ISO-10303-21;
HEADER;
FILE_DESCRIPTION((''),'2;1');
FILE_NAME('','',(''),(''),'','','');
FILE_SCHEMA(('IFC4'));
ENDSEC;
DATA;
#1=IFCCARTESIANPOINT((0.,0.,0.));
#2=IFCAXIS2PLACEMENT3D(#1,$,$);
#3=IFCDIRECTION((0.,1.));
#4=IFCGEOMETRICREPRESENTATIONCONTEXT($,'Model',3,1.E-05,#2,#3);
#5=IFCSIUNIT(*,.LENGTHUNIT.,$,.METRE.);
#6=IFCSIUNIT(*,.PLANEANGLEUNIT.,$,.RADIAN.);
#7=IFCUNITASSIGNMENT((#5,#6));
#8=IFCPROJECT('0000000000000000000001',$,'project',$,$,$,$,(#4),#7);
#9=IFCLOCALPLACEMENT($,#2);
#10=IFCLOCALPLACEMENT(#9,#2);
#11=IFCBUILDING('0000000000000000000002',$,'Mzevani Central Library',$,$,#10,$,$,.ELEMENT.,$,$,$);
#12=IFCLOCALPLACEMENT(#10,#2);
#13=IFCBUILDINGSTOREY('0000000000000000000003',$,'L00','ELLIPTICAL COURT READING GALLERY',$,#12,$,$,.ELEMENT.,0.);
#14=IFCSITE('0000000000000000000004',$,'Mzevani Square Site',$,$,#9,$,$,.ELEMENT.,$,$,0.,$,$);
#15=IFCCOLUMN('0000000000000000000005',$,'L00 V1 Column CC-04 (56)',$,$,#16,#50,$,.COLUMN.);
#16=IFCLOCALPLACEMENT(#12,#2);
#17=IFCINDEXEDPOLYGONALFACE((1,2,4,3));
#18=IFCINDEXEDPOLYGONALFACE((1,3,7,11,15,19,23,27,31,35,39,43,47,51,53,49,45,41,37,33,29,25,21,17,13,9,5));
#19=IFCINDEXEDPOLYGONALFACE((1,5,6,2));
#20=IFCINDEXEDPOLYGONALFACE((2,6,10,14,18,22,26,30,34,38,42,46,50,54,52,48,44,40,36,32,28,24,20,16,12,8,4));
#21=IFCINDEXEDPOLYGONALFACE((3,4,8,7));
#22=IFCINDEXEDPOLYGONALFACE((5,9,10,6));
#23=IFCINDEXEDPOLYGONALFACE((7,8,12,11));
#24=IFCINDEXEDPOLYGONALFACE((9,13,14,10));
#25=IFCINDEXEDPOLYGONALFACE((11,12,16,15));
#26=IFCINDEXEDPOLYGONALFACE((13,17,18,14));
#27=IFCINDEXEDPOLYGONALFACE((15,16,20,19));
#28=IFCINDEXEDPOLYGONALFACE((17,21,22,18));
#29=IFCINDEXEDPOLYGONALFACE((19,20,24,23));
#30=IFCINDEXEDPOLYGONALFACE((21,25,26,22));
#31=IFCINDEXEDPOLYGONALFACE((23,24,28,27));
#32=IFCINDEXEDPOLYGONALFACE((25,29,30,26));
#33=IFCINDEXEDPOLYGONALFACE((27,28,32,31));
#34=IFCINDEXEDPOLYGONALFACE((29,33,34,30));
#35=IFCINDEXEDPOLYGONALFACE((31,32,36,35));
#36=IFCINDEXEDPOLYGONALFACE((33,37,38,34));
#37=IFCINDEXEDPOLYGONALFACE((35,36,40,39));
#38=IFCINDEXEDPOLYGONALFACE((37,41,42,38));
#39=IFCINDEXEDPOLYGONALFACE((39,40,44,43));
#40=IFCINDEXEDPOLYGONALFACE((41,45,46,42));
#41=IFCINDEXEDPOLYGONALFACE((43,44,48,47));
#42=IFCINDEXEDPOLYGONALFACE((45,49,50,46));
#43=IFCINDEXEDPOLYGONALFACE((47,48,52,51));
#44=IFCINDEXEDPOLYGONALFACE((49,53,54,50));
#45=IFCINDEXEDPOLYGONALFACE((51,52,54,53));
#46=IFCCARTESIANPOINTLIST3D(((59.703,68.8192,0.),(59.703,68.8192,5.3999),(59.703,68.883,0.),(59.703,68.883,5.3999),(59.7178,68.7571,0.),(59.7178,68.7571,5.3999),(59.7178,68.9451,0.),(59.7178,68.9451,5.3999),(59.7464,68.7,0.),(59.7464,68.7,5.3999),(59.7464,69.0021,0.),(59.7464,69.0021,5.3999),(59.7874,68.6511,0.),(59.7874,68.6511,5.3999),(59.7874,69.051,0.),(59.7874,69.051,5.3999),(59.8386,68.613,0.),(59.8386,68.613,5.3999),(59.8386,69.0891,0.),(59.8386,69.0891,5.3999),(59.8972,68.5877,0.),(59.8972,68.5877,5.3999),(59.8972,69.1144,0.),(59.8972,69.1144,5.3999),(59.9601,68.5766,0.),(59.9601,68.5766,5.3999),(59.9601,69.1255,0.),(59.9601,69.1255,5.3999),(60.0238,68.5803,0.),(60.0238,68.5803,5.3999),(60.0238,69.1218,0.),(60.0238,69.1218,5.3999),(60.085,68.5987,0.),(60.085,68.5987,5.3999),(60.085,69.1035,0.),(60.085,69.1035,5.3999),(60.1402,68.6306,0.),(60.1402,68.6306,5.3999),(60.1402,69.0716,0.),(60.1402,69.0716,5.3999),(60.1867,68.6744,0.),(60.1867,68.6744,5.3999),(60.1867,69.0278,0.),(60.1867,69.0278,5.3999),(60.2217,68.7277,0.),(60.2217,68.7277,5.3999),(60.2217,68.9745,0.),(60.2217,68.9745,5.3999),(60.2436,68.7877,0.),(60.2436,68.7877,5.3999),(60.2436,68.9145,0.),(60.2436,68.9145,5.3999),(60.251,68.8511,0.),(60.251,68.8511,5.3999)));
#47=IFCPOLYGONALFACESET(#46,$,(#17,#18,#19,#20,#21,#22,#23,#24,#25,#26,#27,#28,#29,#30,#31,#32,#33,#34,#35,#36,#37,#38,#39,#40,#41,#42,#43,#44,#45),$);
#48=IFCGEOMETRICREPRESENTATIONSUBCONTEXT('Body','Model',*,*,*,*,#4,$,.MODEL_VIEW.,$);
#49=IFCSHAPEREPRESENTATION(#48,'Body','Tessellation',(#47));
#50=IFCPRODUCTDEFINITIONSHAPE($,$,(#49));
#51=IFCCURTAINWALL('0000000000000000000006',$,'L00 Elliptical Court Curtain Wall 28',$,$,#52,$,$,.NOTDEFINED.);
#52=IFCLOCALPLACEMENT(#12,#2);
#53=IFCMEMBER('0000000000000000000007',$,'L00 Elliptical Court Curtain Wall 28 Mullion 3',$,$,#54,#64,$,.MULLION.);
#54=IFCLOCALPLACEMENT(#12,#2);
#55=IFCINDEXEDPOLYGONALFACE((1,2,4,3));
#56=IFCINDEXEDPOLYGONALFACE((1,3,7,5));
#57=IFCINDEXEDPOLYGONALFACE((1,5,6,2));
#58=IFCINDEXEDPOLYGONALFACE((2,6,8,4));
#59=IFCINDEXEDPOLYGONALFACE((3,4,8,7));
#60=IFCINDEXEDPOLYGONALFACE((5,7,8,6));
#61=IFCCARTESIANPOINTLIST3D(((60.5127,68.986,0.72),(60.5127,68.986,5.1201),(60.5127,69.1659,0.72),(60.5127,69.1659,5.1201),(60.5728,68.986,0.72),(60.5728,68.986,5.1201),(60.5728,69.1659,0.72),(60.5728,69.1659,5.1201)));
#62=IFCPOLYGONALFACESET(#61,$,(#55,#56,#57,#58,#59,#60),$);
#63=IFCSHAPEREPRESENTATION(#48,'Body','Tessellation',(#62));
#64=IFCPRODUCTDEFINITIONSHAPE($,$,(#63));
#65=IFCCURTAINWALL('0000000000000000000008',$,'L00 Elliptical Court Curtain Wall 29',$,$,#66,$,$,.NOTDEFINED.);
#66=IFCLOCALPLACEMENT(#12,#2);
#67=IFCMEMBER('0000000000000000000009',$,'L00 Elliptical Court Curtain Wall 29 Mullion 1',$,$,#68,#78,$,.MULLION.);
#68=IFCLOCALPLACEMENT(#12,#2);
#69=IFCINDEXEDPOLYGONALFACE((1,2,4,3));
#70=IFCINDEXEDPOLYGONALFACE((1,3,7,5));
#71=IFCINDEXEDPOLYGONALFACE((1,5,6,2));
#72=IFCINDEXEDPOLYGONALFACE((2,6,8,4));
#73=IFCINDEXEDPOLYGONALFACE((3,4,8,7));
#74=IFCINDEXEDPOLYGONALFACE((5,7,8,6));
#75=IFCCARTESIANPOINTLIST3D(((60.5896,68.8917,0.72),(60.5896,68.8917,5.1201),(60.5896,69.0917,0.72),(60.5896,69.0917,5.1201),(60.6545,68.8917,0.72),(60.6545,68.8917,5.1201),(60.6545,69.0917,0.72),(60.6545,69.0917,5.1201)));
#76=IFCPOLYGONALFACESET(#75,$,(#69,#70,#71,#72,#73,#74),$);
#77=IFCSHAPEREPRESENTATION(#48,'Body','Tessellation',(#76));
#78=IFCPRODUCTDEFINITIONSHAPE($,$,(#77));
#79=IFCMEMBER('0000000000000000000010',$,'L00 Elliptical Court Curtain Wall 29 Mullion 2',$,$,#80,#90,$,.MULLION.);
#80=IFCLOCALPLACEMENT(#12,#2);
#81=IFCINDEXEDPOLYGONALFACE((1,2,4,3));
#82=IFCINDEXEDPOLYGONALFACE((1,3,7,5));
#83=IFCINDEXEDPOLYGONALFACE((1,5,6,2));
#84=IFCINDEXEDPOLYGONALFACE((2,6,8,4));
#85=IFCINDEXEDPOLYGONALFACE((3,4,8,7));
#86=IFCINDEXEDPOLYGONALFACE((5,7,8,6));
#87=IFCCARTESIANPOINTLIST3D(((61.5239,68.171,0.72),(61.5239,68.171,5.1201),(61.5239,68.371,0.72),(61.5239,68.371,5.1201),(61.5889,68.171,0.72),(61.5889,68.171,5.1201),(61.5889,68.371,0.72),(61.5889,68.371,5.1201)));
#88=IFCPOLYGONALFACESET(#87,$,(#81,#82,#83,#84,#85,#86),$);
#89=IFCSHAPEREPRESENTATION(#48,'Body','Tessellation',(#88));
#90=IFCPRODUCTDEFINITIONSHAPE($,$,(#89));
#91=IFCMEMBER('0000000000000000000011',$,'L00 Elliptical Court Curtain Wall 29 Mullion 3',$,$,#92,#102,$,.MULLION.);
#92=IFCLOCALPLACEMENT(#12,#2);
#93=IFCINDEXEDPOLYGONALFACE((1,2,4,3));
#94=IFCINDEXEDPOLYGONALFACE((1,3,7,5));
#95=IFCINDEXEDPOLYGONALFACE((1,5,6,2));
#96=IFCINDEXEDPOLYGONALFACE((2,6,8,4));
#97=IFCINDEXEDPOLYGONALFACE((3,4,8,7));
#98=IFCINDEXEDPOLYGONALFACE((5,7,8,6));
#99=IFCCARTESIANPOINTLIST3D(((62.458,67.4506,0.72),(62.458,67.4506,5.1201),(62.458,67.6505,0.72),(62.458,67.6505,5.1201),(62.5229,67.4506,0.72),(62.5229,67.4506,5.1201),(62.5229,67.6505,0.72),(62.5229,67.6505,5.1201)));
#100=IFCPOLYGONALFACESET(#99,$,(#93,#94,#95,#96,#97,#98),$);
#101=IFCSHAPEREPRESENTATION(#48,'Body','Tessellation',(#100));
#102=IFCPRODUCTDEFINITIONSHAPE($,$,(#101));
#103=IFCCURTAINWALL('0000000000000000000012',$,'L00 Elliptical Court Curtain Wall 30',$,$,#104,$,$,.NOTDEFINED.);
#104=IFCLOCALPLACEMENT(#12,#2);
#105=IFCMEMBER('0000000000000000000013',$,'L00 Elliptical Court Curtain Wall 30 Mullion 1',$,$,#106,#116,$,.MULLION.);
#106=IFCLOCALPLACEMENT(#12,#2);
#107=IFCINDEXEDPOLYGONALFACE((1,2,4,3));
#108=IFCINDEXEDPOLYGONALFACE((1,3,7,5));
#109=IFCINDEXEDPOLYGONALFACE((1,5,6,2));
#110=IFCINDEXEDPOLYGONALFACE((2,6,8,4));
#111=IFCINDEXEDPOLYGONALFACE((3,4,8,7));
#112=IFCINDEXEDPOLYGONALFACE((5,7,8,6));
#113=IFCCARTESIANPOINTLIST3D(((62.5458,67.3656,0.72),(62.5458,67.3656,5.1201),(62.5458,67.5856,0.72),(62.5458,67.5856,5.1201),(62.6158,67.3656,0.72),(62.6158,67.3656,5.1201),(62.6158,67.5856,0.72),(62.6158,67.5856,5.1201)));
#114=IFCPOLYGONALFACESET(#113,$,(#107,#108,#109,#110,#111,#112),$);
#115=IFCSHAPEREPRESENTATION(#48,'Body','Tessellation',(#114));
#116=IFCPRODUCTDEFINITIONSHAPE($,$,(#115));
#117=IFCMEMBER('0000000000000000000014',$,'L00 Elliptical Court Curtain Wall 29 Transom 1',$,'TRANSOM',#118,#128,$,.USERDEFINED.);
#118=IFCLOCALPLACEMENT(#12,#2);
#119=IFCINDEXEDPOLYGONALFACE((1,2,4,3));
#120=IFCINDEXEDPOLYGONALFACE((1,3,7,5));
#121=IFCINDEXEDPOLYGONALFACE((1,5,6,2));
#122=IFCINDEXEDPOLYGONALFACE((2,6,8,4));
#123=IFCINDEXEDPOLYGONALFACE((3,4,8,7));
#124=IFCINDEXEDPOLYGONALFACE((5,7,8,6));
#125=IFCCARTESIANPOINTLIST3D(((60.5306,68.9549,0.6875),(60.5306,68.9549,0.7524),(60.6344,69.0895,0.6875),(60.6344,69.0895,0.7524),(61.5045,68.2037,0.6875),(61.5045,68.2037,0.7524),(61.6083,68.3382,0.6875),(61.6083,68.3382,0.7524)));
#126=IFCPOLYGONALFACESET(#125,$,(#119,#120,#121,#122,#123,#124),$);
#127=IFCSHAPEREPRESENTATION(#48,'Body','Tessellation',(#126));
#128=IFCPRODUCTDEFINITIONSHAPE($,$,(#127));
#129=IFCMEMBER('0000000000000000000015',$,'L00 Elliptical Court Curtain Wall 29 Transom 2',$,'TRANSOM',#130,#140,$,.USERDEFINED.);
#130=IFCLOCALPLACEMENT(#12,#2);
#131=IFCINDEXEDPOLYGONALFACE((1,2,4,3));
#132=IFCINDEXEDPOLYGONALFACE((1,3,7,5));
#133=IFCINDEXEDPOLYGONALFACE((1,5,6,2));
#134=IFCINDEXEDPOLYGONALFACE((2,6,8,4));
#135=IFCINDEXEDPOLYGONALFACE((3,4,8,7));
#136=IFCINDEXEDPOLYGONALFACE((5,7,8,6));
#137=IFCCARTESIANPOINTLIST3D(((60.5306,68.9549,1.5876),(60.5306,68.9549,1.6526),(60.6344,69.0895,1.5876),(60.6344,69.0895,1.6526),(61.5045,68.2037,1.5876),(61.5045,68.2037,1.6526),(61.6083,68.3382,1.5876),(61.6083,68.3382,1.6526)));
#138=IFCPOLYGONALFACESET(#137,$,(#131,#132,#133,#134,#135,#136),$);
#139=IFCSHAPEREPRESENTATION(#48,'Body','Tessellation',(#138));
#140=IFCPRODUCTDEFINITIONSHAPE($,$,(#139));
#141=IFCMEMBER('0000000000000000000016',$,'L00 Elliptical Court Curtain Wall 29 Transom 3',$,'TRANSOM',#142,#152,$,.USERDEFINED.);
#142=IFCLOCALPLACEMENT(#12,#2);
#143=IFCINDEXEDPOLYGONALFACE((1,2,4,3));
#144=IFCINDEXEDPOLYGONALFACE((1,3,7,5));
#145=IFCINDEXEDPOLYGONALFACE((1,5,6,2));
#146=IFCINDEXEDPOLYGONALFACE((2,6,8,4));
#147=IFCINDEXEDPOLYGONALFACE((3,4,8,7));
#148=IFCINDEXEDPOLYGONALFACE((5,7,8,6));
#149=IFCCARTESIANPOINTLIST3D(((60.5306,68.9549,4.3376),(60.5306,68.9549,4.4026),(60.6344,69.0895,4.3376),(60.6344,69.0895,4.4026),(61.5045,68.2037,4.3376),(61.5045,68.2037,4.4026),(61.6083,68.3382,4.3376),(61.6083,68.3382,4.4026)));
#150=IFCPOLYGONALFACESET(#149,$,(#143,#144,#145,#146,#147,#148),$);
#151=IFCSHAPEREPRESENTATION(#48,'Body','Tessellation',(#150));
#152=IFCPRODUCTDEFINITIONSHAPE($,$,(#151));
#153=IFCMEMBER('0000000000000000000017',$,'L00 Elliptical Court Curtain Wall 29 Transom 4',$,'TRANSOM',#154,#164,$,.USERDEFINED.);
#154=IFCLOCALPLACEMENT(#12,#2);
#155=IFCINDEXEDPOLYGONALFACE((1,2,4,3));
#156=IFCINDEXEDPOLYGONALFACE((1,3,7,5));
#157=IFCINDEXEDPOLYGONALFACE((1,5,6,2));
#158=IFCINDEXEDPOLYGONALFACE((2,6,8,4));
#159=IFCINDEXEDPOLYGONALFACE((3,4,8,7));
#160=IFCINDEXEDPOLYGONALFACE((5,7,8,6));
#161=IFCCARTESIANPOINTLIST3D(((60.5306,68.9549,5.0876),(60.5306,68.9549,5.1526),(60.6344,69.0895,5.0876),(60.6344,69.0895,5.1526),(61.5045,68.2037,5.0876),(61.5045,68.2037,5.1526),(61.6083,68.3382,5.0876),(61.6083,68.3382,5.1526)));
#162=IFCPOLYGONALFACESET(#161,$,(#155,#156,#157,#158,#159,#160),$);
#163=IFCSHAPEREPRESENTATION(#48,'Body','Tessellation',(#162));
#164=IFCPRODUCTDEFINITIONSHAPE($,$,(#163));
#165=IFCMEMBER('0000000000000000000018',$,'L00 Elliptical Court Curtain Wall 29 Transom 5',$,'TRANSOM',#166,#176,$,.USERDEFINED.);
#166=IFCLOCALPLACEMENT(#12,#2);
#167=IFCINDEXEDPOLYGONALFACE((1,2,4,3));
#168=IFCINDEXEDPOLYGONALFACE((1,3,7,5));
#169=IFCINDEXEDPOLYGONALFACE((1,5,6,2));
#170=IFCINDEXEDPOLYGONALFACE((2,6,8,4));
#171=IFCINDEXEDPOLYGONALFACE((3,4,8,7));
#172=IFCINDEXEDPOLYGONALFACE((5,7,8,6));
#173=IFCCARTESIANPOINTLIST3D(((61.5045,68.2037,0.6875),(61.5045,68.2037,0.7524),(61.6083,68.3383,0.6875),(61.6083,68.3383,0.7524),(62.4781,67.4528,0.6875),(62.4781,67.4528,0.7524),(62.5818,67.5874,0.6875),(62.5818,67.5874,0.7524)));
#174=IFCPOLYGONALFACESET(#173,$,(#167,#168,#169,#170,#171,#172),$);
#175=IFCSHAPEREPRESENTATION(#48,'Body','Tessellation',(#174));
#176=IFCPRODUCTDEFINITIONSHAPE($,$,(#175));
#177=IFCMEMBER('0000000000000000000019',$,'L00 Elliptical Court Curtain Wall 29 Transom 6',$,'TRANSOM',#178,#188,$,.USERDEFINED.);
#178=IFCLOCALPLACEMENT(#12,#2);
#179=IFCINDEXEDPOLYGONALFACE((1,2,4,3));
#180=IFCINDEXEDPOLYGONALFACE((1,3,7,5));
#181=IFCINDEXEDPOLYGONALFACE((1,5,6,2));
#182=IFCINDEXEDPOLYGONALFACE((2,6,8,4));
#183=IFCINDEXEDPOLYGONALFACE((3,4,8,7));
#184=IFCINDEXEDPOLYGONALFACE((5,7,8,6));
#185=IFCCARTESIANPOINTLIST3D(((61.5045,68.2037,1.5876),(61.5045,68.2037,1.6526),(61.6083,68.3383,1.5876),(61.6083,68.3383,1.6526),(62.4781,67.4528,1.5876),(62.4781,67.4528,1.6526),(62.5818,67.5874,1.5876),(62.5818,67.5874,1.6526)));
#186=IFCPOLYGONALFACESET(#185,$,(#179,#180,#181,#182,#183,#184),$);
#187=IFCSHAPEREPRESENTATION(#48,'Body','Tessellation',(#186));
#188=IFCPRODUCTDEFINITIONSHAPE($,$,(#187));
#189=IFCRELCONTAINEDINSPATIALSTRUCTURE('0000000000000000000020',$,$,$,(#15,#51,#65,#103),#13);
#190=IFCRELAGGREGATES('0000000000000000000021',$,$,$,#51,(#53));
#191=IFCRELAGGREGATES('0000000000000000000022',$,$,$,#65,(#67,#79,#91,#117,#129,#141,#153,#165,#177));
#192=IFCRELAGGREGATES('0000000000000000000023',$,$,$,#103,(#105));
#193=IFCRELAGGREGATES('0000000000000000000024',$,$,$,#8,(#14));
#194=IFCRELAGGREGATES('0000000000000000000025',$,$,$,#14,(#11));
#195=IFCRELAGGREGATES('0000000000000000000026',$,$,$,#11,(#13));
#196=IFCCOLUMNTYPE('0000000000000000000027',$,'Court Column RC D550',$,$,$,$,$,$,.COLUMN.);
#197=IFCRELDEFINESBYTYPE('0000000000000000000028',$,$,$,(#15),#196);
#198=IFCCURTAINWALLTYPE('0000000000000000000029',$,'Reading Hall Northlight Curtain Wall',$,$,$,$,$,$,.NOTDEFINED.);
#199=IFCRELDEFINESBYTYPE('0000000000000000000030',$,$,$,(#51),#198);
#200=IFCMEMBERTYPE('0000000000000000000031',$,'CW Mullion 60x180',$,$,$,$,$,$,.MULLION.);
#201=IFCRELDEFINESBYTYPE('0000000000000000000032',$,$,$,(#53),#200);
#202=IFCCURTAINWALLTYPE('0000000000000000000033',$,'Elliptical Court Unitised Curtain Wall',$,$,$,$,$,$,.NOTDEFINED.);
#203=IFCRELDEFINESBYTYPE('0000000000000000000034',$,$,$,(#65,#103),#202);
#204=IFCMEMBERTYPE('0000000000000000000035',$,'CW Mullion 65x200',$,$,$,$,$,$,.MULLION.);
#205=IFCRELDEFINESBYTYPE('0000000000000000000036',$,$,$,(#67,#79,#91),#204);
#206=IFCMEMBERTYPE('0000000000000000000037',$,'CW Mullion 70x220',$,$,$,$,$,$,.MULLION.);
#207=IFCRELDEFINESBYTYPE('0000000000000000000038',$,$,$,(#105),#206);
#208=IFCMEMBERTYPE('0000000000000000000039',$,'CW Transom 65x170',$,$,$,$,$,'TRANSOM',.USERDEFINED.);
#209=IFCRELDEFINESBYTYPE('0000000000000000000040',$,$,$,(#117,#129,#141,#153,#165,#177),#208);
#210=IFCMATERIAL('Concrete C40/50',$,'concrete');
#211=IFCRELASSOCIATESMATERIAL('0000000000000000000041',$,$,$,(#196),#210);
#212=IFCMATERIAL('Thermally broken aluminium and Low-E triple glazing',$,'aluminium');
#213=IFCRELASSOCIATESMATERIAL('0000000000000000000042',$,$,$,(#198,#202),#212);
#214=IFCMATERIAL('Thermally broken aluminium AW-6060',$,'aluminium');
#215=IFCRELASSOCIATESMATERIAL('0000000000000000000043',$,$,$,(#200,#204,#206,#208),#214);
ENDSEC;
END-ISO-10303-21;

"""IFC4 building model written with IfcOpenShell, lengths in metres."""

from ifc_helpers import new_model, si_unit, direction, frame, origin, origin_2d, place, context, subcontext, project, spatial, rectangle, circle, extrude, material, material_profile, profile_set, type_object, element, aggregate, save


model = new_model("IFC4")

# Units and contexts
model_context = context("Model", 3, precision=1e-05, world=origin(), true_north=direction((0.0, 1.0)))
body_context = subcontext(model_context, "Body", "Model", "MODEL_VIEW")
ifc_project = project(units=[si_unit("LENGTHUNIT", "METRE"), si_unit("PLANEANGLEUNIT", "RADIAN")], contexts=[model_context])

# Site, building, storey
site_placement = place(None, origin())
site = spatial("IfcSite", under=ifc_project, at=site_placement, Name="Mzevani Square Site", CompositionType="ELEMENT", RefElevation=0.0)
building_placement = place(site_placement, origin())
building = spatial("IfcBuilding", under=site, at=building_placement, Name="Mzevani Central Library", CompositionType="ELEMENT")
storey_placement = place(building_placement, origin())
storey = spatial("IfcBuildingStorey", under=building, at=storey_placement, Name="L00", Description="ELLIPTICAL COURT READING GALLERY", CompositionType="ELEMENT", Elevation=0.0)

# Column
ifc_material_1 = material(Name="Concrete C40/50", Category="concrete")
ifc_material_profile_1 = material_profile(ifc_material_1, circle(Radius=0.2749, at=origin_2d()), Name="RC D550")
ifc_profile_set_1 = profile_set([ifc_material_profile_1], Name="Concrete C40/50")
column_type = type_object("IfcColumnType", Name="Court Column RC D550", PredefinedType="COLUMN", material=ifc_profile_set_1)
column_placement = place(storey_placement, frame((59.9761, 68.8511, 0.0), z_axis=(0.0, 0.0, 1.0), x_axis=(1.0, 0.0, 0.0)))
element("IfcColumn", 1, at=column_placement, inside=storey, type_object=column_type, Name="L00 V1 Column CC-04 (56)", PredefinedType="COLUMN", context=body_context, shape_type="SweptSolid", body=[
    extrude(circle(Radius=0.2749, at=origin_2d()), origin(), (0.0, 0.0, 1.0), 5.3999),
])

# Curtain wall, member
ifc_material_2 = material(Name="Thermally broken aluminium and Low-E triple glazing", Category="aluminium")
curtain_wall_type_1 = type_object("IfcCurtainWallType", Name="Reading Hall Northlight Curtain Wall", PredefinedType="NOTDEFINED", material=ifc_material_2)
curtain_wall_1_placement = place(storey_placement, origin())
curtain_wall_1 = element("IfcCurtainWall", 2, at=curtain_wall_1_placement, inside=storey, type_object=curtain_wall_type_1, Name="L00 Elliptical Court Curtain Wall 28", PredefinedType="NOTDEFINED")
ifc_material_3 = material(Name="Thermally broken aluminium AW-6060", Category="aluminium")
ifc_material_profile_2 = material_profile(ifc_material_3, rectangle(XDim=0.0601, YDim=0.1799, at=origin_2d()), Name="ALU M60x180")
ifc_profile_set_2 = profile_set([ifc_material_profile_2], Name="Thermally broken aluminium AW-6060")
member_type_1 = type_object("IfcMemberType", Name="CW Mullion 60x180", PredefinedType="MULLION", material=ifc_profile_set_2)
member_1_placement = place(storey_placement, frame((60.5427, 69.0759, 0.72), z_axis=(0.0, 0.0, 1.0), x_axis=(1.0, 0.0, 0.0)))
member_1 = element("IfcMember", 3, at=member_1_placement, type_object=member_type_1, Name="L00 Elliptical Court Curtain Wall 28 Mullion 3", PredefinedType="MULLION", context=body_context, shape_type="SweptSolid", body=[
    extrude(rectangle(XDim=0.0601, YDim=0.1799, at=origin_2d()), origin(), (0.0, 0.0, 1.0), 4.4001),
])

# Curtain wall, members
curtain_wall_type_2 = type_object("IfcCurtainWallType", Name="Elliptical Court Unitised Curtain Wall", PredefinedType="NOTDEFINED", material=ifc_material_2)
curtain_wall_2_placement = place(storey_placement, origin())
curtain_wall_2 = element("IfcCurtainWall", 4, at=curtain_wall_2_placement, inside=storey, type_object=curtain_wall_type_2, Name="L00 Elliptical Court Curtain Wall 29", PredefinedType="NOTDEFINED")
ifc_material_profile_3 = material_profile(ifc_material_3, rectangle(XDim=0.0649, YDim=0.2, at=origin_2d()), Name="ALU M65x200")
ifc_profile_set_3 = profile_set([ifc_material_profile_3], Name="Thermally broken aluminium AW-6060")
member_type_2 = type_object("IfcMemberType", Name="CW Mullion 65x200", PredefinedType="MULLION", material=ifc_profile_set_3)
member_2_placement = place(storey_placement, frame((60.6221, 68.9917, 0.72), z_axis=(0.0, 0.0, 1.0), x_axis=(1.0, 0.0, 0.0)))
member_2 = element("IfcMember", 5, at=member_2_placement, type_object=member_type_2, Name="L00 Elliptical Court Curtain Wall 29 Mullion 1", PredefinedType="MULLION", context=body_context, shape_type="SweptSolid", body=[
    extrude(rectangle(XDim=0.0649, YDim=0.2, at=origin_2d()), origin(), (0.0, 0.0, 1.0), 4.4001),
])
member_3_placement = place(storey_placement, frame((61.5564, 68.271, 0.72), z_axis=(0.0, 0.0, 1.0), x_axis=(1.0, 0.0, 0.0)))
member_3 = element("IfcMember", 6, at=member_3_placement, type_object=member_type_2, Name="L00 Elliptical Court Curtain Wall 29 Mullion 2", PredefinedType="MULLION", context=body_context, shape_type="SweptSolid", body=[
    extrude(rectangle(XDim=0.0649, YDim=0.2, at=origin_2d()), origin(), (0.0, 0.0, 1.0), 4.4001),
])
member_4_placement = place(storey_placement, frame((62.4905, 67.5505, 0.72), z_axis=(0.0, 0.0, 1.0), x_axis=(1.0, 0.0, 0.0)))
member_4 = element("IfcMember", 7, at=member_4_placement, type_object=member_type_2, Name="L00 Elliptical Court Curtain Wall 29 Mullion 3", PredefinedType="MULLION", context=body_context, shape_type="SweptSolid", body=[
    extrude(rectangle(XDim=0.0649, YDim=0.2, at=origin_2d()), origin(), (0.0, 0.0, 1.0), 4.4001),
])

# Curtain wall, member
curtain_wall_3_placement = place(storey_placement, origin())
curtain_wall_3 = element("IfcCurtainWall", 8, at=curtain_wall_3_placement, inside=storey, type_object=curtain_wall_type_2, Name="L00 Elliptical Court Curtain Wall 30", PredefinedType="NOTDEFINED")
ifc_material_profile_4 = material_profile(ifc_material_3, rectangle(XDim=0.0701, YDim=0.22, at=origin_2d()), Name="ALU M70x220")
ifc_profile_set_4 = profile_set([ifc_material_profile_4], Name="Thermally broken aluminium AW-6060")
member_type_3 = type_object("IfcMemberType", Name="CW Mullion 70x220", PredefinedType="MULLION", material=ifc_profile_set_4)
member_5_placement = place(storey_placement, frame((62.5808, 67.4756, 0.72), z_axis=(0.0, 0.0, 1.0), x_axis=(1.0, 0.0, 0.0)))
member_5 = element("IfcMember", 9, at=member_5_placement, type_object=member_type_3, Name="L00 Elliptical Court Curtain Wall 30 Mullion 1", PredefinedType="MULLION", context=body_context, shape_type="SweptSolid", body=[
    extrude(rectangle(XDim=0.0701, YDim=0.22, at=origin_2d()), origin(), (0.0, 0.0, 1.0), 4.4001),
])

# Members
ifc_material_profile_5 = material_profile(ifc_material_3, rectangle(XDim=0.1699, YDim=0.0649, at=origin_2d()), Name="ALU T65x170")
ifc_profile_set_5 = profile_set([ifc_material_profile_5], Name="Thermally broken aluminium AW-6060")
member_type_4 = type_object("IfcMemberType", Name="CW Transom 65x170", ElementType="TRANSOM", PredefinedType="USERDEFINED", material=ifc_profile_set_5)
member_6_placement = place(storey_placement, frame((60.5825, 69.0222, 0.72), z_axis=(0.791804, -0.610775, 0.0), x_axis=(0.610775, 0.791804, 0.0)))
member_6 = element("IfcMember", 10, at=member_6_placement, type_object=member_type_4, Name="L00 Elliptical Court Curtain Wall 29 Transom 1", ObjectType="TRANSOM", PredefinedType="USERDEFINED", context=body_context, shape_type="SweptSolid", body=[
    extrude(rectangle(XDim=0.1699, YDim=0.0649, at=origin_2d()), origin(), (0.0, 0.0, 1.0), 1.23),
])
member_7_placement = place(storey_placement, frame((60.5825, 69.0222, 1.6201), z_axis=(0.791804, -0.610775, 0.0), x_axis=(0.610775, 0.791804, 0.0)))
member_7 = element("IfcMember", 11, at=member_7_placement, type_object=member_type_4, Name="L00 Elliptical Court Curtain Wall 29 Transom 2", ObjectType="TRANSOM", PredefinedType="USERDEFINED", context=body_context, shape_type="SweptSolid", body=[
    extrude(rectangle(XDim=0.1699, YDim=0.0649, at=origin_2d()), origin(), (0.0, 0.0, 1.0), 1.23),
])
member_8_placement = place(storey_placement, frame((60.5825, 69.0222, 4.3701), z_axis=(0.791804, -0.610775, 0.0), x_axis=(0.610775, 0.791804, 0.0)))
member_8 = element("IfcMember", 12, at=member_8_placement, type_object=member_type_4, Name="L00 Elliptical Court Curtain Wall 29 Transom 3", ObjectType="TRANSOM", PredefinedType="USERDEFINED", context=body_context, shape_type="SweptSolid", body=[
    extrude(rectangle(XDim=0.1699, YDim=0.0649, at=origin_2d()), origin(), (0.0, 0.0, 1.0), 1.23),
])
member_9_placement = place(storey_placement, frame((60.5825, 69.0222, 5.1201), z_axis=(0.791804, -0.610775, 0.0), x_axis=(0.610775, 0.791804, 0.0)))
member_9 = element("IfcMember", 13, at=member_9_placement, type_object=member_type_4, Name="L00 Elliptical Court Curtain Wall 29 Transom 4", ObjectType="TRANSOM", PredefinedType="USERDEFINED", context=body_context, shape_type="SweptSolid", body=[
    extrude(rectangle(XDim=0.1699, YDim=0.0649, at=origin_2d()), origin(), (0.0, 0.0, 1.0), 1.23),
])
member_10_placement = place(storey_placement, frame((61.5564, 68.271, 0.72), z_axis=(0.791826, -0.610747, 0.0), x_axis=(0.610747, 0.791826, 0.0)))
member_10 = element("IfcMember", 14, at=member_10_placement, type_object=member_type_4, Name="L00 Elliptical Court Curtain Wall 29 Transom 5", ObjectType="TRANSOM", PredefinedType="USERDEFINED", context=body_context, shape_type="SweptSolid", body=[
    extrude(rectangle(XDim=0.1699, YDim=0.0649, at=origin_2d()), origin(), (0.0, 0.0, 1.0), 1.2295),
])
member_11_placement = place(storey_placement, frame((61.5564, 68.271, 1.6201), z_axis=(0.791826, -0.610747, 0.0), x_axis=(0.610747, 0.791826, 0.0)))
member_11 = element("IfcMember", 15, at=member_11_placement, type_object=member_type_4, Name="L00 Elliptical Court Curtain Wall 29 Transom 6", ObjectType="TRANSOM", PredefinedType="USERDEFINED", context=body_context, shape_type="SweptSolid", body=[
    extrude(rectangle(XDim=0.1699, YDim=0.0649, at=origin_2d()), origin(), (0.0, 0.0, 1.0), 1.2295),
])

aggregate(curtain_wall_1, [member_1])
aggregate(curtain_wall_2, [member_2, member_3, member_4, member_6, member_7, member_8, member_9, member_10, member_11])
aggregate(curtain_wall_3, [member_5])

save(model, "model.ifc")
